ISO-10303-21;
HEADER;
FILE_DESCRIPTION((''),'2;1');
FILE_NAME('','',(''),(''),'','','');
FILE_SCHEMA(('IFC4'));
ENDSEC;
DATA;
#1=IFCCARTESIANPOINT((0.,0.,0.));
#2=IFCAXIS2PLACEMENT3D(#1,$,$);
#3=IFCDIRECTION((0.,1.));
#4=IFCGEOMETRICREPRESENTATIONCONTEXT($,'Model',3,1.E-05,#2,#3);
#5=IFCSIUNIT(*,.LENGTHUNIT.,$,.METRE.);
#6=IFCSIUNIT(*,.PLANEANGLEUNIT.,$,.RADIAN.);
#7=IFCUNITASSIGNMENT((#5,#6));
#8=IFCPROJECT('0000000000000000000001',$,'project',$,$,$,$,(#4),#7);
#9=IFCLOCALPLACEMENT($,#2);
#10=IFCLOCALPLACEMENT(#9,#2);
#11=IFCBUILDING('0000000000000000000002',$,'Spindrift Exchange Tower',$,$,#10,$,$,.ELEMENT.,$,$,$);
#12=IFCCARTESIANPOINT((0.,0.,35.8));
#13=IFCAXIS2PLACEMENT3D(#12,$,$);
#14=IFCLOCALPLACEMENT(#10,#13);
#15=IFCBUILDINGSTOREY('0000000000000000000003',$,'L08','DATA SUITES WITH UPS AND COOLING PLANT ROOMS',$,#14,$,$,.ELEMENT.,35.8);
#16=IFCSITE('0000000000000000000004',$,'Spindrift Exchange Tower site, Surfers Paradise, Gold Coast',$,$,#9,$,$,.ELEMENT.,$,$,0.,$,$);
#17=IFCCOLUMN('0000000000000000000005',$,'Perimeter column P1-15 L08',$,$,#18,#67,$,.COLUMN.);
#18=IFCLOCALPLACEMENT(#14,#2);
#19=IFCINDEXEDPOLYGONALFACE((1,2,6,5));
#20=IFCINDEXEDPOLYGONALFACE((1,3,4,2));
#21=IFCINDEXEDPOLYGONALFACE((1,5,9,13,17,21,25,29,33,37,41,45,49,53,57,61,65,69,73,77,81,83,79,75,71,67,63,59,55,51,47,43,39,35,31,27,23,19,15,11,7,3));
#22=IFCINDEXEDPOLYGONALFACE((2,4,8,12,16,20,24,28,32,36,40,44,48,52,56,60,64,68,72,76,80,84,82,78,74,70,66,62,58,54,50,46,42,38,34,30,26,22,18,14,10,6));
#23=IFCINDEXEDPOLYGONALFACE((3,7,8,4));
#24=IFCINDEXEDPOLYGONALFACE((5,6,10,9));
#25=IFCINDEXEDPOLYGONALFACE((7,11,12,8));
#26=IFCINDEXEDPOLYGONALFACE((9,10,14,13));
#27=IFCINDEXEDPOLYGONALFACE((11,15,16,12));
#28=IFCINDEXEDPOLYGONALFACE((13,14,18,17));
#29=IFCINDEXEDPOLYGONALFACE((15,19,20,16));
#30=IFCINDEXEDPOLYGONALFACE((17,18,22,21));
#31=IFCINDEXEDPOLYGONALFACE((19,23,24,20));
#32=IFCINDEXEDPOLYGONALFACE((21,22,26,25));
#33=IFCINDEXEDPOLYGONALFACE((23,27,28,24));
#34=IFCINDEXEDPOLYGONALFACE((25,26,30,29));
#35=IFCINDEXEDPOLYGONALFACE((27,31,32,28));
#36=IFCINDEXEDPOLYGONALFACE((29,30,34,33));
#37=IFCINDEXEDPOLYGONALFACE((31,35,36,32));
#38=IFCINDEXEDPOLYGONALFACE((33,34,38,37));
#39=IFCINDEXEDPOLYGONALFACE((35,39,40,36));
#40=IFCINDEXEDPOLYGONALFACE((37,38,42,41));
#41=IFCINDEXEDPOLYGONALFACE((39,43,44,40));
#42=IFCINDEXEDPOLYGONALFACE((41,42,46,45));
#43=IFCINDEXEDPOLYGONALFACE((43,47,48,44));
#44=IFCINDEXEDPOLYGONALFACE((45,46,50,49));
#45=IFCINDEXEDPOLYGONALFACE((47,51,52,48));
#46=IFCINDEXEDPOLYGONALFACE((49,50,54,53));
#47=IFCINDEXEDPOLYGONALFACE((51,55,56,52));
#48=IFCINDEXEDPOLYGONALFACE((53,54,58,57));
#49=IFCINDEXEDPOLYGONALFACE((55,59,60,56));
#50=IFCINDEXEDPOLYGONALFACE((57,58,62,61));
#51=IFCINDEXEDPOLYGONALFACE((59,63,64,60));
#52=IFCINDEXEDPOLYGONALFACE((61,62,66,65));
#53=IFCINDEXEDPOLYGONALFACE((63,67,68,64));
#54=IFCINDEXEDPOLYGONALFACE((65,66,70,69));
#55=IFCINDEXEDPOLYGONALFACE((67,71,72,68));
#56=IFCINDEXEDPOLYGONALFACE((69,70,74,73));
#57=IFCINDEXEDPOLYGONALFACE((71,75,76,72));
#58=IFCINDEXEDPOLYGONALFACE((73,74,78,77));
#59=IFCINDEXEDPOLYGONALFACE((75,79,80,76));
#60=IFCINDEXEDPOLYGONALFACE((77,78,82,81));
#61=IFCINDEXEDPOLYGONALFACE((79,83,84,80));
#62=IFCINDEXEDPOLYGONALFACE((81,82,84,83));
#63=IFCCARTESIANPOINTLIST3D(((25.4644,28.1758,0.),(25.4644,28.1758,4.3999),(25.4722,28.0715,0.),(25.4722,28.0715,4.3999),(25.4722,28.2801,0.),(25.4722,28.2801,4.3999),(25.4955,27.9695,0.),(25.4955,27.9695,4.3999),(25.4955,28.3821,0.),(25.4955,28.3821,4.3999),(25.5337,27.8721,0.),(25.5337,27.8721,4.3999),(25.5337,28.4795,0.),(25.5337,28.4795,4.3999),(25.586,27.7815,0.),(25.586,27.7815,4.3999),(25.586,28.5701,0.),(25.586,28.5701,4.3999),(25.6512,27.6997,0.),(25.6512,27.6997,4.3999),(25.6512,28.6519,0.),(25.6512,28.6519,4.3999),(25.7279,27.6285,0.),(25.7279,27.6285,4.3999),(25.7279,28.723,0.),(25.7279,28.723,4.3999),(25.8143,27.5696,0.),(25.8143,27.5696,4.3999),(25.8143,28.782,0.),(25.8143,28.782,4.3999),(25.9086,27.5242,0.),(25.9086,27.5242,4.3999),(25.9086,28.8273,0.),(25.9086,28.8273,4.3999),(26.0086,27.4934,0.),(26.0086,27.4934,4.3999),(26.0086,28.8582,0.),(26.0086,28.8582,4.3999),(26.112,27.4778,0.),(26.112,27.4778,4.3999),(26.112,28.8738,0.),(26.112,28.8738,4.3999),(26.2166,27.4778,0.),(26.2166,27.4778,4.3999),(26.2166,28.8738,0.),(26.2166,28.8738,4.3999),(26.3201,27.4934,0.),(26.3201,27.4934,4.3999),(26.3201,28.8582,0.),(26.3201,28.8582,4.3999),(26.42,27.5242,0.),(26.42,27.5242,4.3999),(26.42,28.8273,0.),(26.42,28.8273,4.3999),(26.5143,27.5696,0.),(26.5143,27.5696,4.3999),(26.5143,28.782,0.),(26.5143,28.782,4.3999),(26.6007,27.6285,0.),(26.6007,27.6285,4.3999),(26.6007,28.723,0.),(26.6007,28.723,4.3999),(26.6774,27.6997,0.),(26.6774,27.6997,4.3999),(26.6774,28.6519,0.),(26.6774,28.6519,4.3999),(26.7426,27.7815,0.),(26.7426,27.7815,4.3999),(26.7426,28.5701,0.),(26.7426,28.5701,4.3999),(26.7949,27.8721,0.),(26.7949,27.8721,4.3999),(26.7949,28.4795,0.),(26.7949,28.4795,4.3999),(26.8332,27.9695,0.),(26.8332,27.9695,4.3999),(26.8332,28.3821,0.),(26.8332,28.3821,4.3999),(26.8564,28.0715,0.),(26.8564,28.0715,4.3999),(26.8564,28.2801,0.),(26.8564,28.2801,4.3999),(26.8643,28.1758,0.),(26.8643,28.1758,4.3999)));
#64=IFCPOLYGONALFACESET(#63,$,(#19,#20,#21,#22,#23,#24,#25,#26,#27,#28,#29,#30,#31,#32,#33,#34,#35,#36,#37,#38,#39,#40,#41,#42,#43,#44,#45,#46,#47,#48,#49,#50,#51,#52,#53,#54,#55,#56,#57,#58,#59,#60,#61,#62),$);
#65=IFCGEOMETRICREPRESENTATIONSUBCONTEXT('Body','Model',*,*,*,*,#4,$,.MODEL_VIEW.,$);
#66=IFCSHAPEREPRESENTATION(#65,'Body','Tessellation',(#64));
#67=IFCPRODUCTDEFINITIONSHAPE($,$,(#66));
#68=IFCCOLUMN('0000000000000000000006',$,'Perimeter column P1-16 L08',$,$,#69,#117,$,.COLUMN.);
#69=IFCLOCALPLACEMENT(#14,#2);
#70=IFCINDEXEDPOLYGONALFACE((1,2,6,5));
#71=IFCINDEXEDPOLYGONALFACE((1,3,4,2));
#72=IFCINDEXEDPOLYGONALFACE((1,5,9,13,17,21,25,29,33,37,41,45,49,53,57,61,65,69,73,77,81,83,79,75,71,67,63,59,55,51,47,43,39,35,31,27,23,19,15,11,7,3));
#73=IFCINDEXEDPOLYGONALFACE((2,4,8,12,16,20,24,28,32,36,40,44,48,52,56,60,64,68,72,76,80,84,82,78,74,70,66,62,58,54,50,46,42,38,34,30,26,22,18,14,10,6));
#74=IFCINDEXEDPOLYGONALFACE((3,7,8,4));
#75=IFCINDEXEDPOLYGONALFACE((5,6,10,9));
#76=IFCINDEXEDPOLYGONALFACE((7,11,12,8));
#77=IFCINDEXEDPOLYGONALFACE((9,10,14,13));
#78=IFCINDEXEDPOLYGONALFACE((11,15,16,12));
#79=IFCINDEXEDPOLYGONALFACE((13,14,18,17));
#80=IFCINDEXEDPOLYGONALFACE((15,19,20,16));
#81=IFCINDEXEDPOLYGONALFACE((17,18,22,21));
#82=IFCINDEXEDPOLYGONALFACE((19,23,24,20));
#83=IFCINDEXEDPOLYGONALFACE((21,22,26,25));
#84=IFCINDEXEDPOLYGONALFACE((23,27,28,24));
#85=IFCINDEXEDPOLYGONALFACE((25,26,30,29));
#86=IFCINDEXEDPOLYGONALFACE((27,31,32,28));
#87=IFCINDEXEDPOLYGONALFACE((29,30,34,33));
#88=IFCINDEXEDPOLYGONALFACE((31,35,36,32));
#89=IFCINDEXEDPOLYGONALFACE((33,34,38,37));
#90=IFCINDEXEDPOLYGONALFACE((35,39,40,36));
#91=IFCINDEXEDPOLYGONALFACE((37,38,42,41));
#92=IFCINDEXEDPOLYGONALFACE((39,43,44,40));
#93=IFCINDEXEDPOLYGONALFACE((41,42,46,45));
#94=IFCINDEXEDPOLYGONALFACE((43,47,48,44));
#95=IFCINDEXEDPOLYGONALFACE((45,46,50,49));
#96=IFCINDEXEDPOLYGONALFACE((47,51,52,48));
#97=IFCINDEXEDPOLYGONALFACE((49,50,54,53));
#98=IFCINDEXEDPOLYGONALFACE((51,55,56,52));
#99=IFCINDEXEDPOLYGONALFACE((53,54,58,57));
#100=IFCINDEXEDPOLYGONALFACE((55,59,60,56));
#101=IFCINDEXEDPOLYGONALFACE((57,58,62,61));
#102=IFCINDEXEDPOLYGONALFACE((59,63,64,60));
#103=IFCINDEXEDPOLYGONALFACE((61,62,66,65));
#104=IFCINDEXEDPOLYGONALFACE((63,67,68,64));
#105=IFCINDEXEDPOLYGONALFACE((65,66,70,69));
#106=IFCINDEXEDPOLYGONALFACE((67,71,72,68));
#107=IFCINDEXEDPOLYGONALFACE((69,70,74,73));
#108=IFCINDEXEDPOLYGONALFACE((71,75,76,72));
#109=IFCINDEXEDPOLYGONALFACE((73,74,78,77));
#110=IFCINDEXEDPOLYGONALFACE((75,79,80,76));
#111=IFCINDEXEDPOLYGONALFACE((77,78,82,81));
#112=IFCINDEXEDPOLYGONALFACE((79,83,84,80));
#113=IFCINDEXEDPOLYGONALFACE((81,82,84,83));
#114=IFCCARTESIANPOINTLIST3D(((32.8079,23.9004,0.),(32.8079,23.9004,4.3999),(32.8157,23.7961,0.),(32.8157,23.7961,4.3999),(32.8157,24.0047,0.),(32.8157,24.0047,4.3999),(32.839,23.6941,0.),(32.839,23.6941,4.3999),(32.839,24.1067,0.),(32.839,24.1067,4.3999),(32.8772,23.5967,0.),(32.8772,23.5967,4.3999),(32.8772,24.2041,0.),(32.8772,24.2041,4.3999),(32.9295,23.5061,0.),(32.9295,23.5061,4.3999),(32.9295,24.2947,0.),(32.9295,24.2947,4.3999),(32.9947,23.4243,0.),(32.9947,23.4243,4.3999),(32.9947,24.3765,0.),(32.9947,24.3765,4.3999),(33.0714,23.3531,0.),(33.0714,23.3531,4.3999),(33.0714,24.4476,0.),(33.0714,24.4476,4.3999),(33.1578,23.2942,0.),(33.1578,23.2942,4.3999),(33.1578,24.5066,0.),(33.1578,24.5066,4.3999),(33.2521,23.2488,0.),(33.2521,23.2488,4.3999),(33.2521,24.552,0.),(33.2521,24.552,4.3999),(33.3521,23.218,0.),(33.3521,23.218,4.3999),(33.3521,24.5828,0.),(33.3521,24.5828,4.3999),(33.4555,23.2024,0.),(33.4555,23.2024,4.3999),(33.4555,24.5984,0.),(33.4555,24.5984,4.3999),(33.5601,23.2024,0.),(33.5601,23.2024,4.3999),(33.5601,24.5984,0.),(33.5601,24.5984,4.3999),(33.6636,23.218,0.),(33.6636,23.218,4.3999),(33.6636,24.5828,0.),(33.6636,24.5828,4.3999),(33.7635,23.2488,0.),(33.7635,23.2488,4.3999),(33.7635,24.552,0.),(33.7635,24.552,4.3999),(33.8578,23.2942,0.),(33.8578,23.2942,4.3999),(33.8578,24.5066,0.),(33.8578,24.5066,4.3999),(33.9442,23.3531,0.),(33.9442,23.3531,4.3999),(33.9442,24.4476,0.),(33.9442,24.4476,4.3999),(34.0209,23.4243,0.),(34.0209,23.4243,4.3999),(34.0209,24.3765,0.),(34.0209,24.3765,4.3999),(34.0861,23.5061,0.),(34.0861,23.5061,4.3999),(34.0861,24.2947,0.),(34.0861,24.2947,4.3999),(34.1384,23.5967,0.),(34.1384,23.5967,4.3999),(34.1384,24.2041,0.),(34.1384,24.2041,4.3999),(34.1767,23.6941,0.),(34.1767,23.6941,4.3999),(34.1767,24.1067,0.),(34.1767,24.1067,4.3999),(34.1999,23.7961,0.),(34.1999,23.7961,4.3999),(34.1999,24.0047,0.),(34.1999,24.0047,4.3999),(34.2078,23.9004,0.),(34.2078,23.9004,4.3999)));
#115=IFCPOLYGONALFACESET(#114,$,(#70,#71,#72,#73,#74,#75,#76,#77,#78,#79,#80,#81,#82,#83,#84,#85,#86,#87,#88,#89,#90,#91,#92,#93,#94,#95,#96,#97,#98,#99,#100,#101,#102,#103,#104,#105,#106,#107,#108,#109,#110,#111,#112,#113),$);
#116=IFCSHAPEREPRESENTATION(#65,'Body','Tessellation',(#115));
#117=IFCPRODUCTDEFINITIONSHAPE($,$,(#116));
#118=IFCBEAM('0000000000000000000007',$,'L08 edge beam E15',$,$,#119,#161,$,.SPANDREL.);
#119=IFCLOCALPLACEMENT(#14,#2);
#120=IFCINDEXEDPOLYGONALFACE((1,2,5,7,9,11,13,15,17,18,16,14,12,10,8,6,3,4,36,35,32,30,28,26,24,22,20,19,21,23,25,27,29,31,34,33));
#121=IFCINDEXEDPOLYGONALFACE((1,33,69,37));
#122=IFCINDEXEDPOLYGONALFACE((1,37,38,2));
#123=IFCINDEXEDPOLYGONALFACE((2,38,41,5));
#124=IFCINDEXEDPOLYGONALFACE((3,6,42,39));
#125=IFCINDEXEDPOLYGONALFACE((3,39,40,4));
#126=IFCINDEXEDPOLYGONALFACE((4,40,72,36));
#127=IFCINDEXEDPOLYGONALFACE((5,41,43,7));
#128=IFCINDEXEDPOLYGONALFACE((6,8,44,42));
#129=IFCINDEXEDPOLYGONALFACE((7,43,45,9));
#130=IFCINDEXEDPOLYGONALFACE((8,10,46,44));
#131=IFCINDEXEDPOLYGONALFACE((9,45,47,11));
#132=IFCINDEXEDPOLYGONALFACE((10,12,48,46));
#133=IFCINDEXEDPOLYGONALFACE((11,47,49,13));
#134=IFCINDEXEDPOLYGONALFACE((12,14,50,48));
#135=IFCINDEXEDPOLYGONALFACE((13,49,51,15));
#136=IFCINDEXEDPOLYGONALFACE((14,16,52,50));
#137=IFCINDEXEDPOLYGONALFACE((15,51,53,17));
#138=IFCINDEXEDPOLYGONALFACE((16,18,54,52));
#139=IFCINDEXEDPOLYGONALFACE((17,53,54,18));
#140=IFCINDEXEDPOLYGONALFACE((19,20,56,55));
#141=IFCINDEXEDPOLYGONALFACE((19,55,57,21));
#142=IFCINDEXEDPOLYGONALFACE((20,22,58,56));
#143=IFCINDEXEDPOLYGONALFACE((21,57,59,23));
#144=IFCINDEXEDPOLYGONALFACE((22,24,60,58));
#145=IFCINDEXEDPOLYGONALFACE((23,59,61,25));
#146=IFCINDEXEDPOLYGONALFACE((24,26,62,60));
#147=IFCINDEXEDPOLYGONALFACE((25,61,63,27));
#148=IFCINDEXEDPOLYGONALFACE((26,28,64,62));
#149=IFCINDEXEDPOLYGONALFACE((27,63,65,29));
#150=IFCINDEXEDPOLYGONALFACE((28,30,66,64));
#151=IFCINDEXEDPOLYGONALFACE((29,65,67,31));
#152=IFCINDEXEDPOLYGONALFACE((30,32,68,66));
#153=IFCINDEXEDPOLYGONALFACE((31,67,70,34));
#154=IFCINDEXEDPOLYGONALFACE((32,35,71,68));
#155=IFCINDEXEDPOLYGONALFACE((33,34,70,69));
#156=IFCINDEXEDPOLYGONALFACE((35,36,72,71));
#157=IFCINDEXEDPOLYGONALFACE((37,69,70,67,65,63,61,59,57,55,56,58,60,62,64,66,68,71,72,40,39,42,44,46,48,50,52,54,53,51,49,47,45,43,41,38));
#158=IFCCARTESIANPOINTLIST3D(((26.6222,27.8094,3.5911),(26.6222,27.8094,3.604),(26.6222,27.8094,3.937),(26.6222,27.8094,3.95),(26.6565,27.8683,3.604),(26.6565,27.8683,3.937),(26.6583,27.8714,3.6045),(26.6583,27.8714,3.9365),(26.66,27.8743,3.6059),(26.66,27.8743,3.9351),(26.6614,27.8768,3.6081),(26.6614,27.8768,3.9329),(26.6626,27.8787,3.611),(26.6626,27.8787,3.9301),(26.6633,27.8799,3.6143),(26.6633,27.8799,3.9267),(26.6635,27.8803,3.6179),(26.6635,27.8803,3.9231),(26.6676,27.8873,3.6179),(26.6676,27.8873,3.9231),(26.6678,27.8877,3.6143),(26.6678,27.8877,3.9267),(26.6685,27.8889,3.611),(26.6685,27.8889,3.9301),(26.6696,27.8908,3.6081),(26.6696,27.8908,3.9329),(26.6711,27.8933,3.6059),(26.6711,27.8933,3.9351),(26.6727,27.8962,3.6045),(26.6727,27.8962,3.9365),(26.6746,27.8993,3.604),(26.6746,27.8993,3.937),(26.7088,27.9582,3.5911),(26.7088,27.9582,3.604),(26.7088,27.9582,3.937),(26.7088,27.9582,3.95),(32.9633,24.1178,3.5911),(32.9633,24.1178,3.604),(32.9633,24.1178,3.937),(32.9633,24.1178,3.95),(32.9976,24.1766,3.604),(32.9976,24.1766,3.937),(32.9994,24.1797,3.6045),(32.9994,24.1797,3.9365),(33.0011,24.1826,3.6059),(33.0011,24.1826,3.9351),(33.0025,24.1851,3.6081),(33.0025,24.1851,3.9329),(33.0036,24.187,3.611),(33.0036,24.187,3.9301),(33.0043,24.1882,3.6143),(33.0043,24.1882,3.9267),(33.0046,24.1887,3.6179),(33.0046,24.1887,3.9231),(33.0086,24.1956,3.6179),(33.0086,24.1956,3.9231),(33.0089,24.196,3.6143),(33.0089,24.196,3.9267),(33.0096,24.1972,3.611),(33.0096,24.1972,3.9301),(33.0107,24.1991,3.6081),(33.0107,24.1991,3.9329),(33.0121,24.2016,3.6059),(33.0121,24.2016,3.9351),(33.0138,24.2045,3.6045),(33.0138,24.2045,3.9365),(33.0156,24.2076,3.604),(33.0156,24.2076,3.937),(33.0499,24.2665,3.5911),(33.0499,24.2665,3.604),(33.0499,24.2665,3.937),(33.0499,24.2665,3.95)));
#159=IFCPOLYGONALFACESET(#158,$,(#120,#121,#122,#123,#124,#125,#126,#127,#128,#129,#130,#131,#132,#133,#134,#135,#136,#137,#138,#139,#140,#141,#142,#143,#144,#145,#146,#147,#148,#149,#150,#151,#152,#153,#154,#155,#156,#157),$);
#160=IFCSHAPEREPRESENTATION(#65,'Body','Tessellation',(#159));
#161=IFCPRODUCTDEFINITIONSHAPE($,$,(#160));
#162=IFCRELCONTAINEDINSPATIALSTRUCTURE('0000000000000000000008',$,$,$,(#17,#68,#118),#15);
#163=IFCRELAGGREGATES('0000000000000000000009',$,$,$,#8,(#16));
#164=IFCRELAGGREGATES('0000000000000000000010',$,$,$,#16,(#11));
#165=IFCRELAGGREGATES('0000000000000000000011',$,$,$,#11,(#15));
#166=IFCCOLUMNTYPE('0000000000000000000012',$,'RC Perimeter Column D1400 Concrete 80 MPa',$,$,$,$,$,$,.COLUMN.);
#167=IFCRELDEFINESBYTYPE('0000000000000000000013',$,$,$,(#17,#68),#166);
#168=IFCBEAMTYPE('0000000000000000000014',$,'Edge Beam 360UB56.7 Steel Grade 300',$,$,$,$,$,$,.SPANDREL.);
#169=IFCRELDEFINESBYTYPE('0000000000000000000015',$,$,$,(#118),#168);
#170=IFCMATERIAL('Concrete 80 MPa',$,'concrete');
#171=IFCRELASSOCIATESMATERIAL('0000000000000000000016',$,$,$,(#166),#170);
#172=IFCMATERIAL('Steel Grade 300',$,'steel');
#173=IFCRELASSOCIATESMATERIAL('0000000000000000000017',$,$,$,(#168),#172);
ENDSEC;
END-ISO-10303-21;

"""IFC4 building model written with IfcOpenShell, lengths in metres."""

from ifc_helpers import new_model, si_unit, direction, frame, origin, origin_2d, place, context, subcontext, project, spatial, circle, i_section, extrude, source, transform, mapped, material, material_profile, profile_set, type_object, element, save


model = new_model("IFC4")

# Units and contexts
model_context = context("Model", 3, precision=1e-05, world=origin(), true_north=direction((0.0, 1.0)))
body_context = subcontext(model_context, "Body", "Model", "MODEL_VIEW")
ifc_project = project(units=[si_unit("LENGTHUNIT", "METRE"), si_unit("PLANEANGLEUNIT", "RADIAN")], contexts=[model_context])

# Site, building, storey
site_placement = place(None, origin())
site = spatial("IfcSite", under=ifc_project, at=site_placement, Name="Spindrift Exchange Tower site, Surfers Paradise, Gold Coast", CompositionType="ELEMENT", RefElevation=0.0)
building_placement = place(site_placement, origin())
building = spatial("IfcBuilding", under=site, at=building_placement, Name="Spindrift Exchange Tower", CompositionType="ELEMENT")
storey_placement = place(building_placement, frame((0.0, 0.0, 35.8)))
storey = spatial("IfcBuildingStorey", under=building, at=storey_placement, Name="L08", Description="DATA SUITES WITH UPS AND COOLING PLANT ROOMS", CompositionType="ELEMENT", Elevation=35.8)

# Columns
ifc_material_1 = material(Name="Concrete 80 MPa", Category="concrete")
ifc_material_profile_1 = material_profile(ifc_material_1, circle(Radius=0.7, at=origin_2d()), Name="RC D1400")
ifc_profile_set_1 = profile_set([ifc_material_profile_1], Name="Concrete 80 MPa")
column_type = type_object("IfcColumnType", Name="RC Perimeter Column D1400 Concrete 80 MPa", PredefinedType="COLUMN", material=ifc_profile_set_1)
shared_shape_1 = source(origin(), body_context, "Body", "SweptSolid", [
    extrude(circle(Radius=0.7, at=origin_2d()), origin(), (0.0, 0.0, 1.0), 4.3999),
])
for number, where, z_axis, x_axis, name in (
    (1, (26.1643, 28.1758, 0.0), (0.0, 0.0, 1.0), (1.0, 0.0, 0.0), "Perimeter column P1-15 L08"),
    (2, (33.5078, 23.9004, 0.0), (0.0, 0.0, 1.0), (1.0, 0.0, 0.0), "Perimeter column P1-16 L08"),
):
    element("IfcColumn", number, at=place(storey_placement, frame(where, z_axis=z_axis, x_axis=x_axis)), inside=storey, type_object=column_type, Name=name, PredefinedType="COLUMN", context=body_context, shape_type="MappedRepresentation", body=[
        mapped(shared_shape_1, transform((0.0, 0.0, 0.0), scale=1.0)),
    ])

# Beam
ifc_material_2 = material(Name="Steel Grade 300", Category="steel")
ifc_material_profile_2 = material_profile(ifc_material_2, i_section(OverallWidth=0.1721, OverallDepth=0.3589, WebThickness=0.0081, FlangeThickness=0.0129, FilletRadius=0.0139, at=origin_2d()), Name="360UB56.7")
ifc_profile_set_2 = profile_set([ifc_material_profile_2], Name="Steel Grade 300")
beam_type_1 = type_object("IfcBeamType", Name="Edge Beam 360UB56.7 Steel Grade 300", PredefinedType="SPANDREL", material=ifc_profile_set_2)
shared_shape_2 = source(origin(), body_context, "Body", "SweptSolid", [
    extrude(i_section(OverallWidth=0.1721, OverallDepth=0.3589, WebThickness=0.0081, FlangeThickness=0.0129, FilletRadius=0.0139, at=origin_2d()), origin(), (0.0, 0.0, 1.0), 7.3374),
])
beam_1_placement = place(storey_placement, frame((26.6655, 27.8838, 3.7705), z_axis=(0.864212, -0.503128, 0.0), x_axis=(0.503128, 0.864212, 0.0)))
element("IfcBeam", 3, at=beam_1_placement, inside=storey, type_object=beam_type_1, Name="L08 edge beam E15", PredefinedType="SPANDREL", context=body_context, shape_type="MappedRepresentation", body=[
    mapped(shared_shape_2, transform((0.0, 0.0, 0.0), scale=1.0)),
])

save(model, "model.ifc")
